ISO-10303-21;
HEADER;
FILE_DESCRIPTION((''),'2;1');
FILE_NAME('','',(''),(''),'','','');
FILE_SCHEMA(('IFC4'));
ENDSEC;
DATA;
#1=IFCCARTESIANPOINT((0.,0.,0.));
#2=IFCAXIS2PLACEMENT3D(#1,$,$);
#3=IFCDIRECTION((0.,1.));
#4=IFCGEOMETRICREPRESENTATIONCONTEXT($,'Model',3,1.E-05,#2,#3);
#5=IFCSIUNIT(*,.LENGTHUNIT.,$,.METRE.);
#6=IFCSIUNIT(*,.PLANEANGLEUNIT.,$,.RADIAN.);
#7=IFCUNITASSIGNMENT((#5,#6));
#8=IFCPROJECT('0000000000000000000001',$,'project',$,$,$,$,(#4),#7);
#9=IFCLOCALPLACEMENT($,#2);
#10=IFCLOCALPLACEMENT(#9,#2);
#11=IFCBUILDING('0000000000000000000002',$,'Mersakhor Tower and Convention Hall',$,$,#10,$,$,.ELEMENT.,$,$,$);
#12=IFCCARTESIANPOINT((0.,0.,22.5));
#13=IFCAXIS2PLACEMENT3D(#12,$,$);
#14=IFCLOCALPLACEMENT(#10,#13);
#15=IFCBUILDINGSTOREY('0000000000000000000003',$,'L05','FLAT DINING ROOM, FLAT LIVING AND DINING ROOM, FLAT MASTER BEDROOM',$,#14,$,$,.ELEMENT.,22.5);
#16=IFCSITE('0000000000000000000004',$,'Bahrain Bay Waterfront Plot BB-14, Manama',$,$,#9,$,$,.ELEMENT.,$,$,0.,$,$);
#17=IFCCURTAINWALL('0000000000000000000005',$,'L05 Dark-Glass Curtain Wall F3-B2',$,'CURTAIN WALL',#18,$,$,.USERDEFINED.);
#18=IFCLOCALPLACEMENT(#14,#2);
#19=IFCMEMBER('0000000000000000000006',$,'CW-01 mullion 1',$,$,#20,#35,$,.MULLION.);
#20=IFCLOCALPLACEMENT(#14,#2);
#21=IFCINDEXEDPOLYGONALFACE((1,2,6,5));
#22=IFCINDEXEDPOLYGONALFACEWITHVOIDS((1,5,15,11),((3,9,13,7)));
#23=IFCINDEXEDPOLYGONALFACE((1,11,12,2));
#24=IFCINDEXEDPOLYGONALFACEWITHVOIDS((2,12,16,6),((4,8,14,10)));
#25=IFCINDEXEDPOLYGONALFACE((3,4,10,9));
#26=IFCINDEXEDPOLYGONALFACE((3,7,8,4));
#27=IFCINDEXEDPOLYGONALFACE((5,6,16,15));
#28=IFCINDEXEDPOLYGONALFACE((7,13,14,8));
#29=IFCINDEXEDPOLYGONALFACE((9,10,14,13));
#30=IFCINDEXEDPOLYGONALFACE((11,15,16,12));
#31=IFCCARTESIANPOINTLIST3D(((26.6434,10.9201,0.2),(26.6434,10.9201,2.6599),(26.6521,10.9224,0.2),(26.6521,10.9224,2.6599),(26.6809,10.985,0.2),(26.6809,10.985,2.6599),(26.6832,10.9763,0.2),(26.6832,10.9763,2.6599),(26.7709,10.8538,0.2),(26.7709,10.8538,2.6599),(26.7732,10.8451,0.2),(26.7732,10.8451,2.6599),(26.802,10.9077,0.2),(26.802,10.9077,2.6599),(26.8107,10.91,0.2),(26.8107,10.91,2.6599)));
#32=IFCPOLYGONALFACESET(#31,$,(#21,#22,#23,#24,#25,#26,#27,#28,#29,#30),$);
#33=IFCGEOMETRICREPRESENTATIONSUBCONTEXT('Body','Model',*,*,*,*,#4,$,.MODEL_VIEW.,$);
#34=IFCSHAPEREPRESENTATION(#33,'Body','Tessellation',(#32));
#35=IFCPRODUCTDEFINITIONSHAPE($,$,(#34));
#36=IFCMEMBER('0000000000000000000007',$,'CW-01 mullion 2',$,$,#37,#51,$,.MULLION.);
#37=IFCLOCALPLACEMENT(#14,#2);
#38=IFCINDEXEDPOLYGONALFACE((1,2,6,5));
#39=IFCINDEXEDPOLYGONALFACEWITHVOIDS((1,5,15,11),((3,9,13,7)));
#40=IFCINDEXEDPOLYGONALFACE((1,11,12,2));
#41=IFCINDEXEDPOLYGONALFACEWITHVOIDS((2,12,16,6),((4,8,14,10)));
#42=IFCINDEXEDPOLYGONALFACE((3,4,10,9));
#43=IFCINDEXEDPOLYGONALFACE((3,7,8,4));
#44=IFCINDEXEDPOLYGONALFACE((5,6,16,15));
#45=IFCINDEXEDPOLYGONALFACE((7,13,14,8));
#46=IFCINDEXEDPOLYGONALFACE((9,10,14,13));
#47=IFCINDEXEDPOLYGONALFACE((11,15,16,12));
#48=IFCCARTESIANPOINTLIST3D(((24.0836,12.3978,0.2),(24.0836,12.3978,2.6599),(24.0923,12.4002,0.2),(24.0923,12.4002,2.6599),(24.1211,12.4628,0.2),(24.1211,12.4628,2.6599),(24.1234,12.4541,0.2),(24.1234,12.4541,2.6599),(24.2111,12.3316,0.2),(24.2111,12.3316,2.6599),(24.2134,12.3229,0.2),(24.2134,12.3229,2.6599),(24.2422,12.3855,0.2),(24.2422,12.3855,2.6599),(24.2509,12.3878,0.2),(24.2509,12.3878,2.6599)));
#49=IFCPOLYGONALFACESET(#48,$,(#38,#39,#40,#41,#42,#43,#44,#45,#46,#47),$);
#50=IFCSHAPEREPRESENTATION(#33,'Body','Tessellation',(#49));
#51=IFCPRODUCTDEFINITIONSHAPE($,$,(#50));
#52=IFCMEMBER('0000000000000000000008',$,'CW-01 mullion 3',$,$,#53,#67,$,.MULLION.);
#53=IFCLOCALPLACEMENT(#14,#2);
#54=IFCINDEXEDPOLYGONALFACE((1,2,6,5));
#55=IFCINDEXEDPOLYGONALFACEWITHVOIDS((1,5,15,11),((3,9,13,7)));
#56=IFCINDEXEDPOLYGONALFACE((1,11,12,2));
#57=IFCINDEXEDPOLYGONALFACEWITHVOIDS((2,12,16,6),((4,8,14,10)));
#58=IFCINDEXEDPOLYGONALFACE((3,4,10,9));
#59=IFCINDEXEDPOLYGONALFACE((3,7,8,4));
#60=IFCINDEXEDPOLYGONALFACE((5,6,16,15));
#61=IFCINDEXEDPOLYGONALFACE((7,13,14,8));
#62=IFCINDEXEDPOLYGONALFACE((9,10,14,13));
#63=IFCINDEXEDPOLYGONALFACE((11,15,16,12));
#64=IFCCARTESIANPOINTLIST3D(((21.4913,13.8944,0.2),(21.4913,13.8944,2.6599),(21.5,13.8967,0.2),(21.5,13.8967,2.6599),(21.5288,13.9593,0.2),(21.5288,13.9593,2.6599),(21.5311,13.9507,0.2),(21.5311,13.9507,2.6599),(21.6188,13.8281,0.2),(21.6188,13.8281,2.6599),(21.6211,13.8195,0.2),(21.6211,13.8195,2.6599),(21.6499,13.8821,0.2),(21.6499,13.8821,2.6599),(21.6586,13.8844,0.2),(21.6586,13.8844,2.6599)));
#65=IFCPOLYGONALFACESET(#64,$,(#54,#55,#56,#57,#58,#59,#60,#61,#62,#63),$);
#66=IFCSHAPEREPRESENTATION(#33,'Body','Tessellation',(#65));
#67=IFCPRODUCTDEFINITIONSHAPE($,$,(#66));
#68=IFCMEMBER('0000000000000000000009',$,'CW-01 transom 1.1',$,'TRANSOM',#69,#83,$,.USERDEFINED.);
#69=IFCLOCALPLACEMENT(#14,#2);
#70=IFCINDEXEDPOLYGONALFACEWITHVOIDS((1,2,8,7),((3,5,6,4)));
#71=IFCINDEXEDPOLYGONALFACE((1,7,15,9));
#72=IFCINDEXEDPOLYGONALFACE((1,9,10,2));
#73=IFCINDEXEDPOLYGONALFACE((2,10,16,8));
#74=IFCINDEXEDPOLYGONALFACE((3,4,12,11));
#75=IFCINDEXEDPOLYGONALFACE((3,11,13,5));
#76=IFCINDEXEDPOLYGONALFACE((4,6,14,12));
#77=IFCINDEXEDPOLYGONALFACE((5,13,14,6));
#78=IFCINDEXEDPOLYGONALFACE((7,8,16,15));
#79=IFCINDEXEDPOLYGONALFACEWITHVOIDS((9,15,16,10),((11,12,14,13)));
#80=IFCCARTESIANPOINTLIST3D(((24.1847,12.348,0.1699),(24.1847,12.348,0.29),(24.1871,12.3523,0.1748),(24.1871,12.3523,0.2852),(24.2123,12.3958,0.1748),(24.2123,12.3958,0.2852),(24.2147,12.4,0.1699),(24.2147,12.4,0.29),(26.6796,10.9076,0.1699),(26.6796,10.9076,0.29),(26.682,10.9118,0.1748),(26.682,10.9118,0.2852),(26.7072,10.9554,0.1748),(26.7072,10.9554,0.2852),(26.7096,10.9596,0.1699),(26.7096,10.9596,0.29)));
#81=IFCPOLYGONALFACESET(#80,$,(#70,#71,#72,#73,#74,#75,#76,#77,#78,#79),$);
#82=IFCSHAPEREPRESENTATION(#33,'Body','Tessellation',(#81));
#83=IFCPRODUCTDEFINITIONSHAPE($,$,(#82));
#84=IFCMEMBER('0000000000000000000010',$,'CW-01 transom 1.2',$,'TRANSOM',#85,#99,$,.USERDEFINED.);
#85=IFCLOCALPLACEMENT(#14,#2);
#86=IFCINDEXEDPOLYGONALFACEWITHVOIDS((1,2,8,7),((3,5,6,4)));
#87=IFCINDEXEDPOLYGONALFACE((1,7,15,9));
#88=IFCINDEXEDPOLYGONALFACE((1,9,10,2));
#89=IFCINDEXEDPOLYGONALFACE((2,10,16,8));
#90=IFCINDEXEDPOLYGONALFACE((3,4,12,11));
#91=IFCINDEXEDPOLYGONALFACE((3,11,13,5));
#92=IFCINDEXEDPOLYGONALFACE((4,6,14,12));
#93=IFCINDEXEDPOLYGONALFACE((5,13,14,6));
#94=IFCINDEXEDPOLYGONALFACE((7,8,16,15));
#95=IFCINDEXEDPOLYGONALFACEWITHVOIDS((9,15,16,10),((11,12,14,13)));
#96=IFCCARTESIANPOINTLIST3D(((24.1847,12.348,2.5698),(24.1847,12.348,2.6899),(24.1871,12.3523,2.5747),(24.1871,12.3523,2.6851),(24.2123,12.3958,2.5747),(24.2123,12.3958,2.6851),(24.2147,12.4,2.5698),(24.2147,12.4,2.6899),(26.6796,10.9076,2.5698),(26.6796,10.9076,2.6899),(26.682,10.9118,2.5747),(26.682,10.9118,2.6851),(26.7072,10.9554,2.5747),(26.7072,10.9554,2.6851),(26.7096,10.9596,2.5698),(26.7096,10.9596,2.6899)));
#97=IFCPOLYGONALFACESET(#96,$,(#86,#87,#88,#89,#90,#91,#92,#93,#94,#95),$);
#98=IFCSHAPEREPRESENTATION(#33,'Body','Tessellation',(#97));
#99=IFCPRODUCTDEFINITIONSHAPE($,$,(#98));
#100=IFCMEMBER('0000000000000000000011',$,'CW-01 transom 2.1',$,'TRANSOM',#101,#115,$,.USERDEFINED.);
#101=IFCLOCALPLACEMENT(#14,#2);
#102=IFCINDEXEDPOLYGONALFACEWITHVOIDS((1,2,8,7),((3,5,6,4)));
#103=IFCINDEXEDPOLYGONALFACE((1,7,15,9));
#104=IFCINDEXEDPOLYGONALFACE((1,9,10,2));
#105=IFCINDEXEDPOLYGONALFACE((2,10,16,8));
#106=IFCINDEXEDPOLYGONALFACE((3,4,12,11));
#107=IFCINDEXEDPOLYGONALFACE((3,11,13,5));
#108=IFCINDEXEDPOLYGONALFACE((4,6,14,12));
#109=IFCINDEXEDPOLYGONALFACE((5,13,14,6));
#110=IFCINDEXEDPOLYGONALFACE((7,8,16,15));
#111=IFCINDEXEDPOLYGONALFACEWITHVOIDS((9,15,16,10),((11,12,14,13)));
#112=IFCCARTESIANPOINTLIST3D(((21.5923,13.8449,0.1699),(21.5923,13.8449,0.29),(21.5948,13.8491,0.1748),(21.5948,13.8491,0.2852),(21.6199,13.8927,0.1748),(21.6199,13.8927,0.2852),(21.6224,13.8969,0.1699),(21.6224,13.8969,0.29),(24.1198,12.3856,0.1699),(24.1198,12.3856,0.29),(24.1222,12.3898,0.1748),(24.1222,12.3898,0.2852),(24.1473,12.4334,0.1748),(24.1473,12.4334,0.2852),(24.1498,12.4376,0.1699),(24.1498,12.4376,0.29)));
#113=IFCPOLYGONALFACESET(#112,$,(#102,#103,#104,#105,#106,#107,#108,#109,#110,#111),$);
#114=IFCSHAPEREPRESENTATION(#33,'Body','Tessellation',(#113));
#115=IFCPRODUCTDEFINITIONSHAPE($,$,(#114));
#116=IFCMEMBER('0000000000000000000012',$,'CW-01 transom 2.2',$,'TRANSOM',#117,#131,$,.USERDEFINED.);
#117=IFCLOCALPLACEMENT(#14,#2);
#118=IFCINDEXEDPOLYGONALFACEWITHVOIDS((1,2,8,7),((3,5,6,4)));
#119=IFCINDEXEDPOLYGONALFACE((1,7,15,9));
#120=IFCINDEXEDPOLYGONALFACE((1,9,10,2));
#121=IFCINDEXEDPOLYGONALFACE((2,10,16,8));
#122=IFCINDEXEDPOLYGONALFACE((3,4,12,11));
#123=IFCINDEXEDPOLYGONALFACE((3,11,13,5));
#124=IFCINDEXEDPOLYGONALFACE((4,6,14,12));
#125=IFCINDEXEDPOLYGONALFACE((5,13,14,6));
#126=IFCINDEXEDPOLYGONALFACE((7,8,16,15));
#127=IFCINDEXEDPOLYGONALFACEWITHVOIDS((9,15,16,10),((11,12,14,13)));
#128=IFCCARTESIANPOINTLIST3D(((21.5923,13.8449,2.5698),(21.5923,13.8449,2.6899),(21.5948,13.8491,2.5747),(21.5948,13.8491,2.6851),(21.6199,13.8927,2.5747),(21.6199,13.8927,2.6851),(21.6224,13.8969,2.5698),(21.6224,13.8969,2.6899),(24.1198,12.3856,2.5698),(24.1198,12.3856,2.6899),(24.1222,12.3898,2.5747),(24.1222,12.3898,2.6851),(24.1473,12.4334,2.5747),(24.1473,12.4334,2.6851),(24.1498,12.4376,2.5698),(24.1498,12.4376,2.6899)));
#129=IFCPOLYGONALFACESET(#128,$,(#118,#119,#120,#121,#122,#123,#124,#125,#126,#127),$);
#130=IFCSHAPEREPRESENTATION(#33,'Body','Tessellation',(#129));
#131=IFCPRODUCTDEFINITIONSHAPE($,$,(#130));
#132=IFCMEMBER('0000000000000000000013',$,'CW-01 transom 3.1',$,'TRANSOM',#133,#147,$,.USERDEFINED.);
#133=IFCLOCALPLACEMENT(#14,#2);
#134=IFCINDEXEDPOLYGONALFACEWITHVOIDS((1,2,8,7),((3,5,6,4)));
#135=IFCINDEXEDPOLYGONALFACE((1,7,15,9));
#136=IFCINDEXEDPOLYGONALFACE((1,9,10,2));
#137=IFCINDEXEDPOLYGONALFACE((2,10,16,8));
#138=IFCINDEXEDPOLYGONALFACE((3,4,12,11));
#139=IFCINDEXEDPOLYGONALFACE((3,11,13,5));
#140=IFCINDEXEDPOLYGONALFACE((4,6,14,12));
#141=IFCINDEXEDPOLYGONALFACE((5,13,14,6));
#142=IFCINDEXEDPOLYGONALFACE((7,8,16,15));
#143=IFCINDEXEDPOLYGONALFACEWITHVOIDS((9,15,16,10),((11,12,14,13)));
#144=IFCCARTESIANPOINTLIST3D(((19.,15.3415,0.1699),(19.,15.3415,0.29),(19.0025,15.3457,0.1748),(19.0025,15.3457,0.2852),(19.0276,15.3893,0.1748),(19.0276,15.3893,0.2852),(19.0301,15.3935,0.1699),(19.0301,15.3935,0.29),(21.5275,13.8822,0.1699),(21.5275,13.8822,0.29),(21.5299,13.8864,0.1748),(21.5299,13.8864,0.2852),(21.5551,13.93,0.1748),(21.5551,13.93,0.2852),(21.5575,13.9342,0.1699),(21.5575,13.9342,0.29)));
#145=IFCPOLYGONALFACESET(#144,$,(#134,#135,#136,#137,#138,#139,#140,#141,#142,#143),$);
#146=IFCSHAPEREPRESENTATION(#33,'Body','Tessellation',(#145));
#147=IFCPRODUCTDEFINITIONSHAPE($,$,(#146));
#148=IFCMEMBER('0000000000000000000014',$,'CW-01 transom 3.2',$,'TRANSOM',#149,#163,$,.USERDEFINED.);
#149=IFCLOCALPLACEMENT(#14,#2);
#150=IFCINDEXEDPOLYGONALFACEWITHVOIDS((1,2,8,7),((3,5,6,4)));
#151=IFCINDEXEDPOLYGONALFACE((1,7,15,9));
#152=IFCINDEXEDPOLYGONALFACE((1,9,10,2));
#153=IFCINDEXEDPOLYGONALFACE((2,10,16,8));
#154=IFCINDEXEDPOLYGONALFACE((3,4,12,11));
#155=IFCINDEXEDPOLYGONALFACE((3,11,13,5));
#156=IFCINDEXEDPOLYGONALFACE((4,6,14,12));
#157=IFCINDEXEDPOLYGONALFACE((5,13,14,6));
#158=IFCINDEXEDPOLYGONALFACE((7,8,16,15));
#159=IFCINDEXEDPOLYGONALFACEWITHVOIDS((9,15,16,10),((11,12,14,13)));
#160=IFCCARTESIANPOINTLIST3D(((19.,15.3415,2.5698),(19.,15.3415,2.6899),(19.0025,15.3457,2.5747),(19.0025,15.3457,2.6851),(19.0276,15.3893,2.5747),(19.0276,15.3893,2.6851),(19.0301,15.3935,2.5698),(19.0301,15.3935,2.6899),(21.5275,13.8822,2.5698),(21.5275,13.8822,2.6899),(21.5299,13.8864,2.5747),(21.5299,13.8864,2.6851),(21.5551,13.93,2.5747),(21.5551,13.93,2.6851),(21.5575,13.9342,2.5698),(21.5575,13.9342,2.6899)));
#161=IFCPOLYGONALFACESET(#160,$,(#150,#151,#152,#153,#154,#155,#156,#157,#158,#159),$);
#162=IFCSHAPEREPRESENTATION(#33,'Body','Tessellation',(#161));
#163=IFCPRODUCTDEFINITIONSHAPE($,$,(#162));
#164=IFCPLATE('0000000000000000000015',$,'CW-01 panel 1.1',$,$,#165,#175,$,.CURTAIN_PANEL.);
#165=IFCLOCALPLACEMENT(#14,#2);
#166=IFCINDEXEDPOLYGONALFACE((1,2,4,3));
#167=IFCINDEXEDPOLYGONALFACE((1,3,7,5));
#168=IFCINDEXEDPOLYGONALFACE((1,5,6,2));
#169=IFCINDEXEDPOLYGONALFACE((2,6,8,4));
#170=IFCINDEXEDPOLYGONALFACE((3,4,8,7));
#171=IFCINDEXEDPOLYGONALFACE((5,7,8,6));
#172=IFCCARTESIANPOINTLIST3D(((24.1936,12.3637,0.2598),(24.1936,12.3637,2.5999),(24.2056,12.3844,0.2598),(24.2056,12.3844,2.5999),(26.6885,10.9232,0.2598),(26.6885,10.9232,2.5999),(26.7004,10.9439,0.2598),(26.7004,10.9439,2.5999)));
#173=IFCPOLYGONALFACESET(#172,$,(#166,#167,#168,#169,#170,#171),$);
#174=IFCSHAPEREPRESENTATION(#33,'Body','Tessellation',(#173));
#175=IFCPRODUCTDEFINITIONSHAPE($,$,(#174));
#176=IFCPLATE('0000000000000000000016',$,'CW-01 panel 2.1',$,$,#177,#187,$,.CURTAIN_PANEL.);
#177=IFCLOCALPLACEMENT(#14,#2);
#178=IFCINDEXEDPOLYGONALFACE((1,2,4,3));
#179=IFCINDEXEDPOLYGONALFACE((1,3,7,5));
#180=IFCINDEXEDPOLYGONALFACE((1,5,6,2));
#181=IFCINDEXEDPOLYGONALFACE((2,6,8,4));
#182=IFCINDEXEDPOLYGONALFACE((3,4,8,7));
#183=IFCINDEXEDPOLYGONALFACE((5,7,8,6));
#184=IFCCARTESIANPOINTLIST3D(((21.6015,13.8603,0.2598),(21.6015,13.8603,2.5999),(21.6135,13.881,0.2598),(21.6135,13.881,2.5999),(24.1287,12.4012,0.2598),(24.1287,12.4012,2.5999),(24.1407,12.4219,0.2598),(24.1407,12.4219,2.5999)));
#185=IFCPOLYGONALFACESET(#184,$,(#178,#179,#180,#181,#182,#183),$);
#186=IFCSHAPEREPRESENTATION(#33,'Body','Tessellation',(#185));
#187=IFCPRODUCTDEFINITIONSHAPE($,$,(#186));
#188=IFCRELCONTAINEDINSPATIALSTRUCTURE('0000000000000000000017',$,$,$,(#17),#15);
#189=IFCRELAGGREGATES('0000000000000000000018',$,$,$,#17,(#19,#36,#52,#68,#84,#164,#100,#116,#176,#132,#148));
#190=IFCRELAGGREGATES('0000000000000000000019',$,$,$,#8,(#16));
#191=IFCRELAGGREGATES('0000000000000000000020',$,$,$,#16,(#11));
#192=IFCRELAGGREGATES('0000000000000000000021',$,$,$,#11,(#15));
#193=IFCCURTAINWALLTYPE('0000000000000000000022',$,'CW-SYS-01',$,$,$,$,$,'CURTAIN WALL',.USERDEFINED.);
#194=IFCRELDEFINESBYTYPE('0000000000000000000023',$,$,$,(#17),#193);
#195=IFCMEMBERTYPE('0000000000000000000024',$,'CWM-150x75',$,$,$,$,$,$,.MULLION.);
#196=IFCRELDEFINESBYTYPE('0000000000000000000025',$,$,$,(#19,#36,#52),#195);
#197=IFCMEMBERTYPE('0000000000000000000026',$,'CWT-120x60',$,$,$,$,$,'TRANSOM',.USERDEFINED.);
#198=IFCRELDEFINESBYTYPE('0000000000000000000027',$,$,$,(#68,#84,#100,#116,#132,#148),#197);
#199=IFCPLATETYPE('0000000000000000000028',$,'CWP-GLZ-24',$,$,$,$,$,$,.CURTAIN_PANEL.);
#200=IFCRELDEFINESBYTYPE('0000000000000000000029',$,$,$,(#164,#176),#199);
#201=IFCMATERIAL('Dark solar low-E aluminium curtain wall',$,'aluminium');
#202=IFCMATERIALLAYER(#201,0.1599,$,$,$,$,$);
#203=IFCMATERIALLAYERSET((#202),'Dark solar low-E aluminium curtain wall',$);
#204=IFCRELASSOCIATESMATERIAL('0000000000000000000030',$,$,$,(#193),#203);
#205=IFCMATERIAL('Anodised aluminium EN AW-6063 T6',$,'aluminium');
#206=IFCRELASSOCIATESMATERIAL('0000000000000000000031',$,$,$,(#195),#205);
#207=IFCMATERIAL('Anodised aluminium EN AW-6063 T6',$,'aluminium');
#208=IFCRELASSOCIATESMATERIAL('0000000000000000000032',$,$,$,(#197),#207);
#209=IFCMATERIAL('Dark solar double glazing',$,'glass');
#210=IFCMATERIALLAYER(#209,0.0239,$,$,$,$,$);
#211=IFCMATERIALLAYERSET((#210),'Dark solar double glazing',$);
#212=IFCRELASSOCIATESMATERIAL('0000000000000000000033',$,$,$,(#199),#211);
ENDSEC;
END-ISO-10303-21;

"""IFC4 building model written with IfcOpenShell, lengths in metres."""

from ifc_helpers import new_model, si_unit, direction, frame, origin, origin_2d, place, context, subcontext, project, spatial, rectangle, hollow_rectangle, extrude, material, layer, layer_set, material_profile, profile_set, type_object, element, aggregate, save


model = new_model("IFC4")

# Units and contexts
model_context = context("Model", 3, precision=1e-05, world=origin(), true_north=direction((0.0, 1.0)))
body_context = subcontext(model_context, "Body", "Model", "MODEL_VIEW")
ifc_project = project(units=[si_unit("LENGTHUNIT", "METRE"), si_unit("PLANEANGLEUNIT", "RADIAN")], contexts=[model_context])

# Site, building, storey
site_placement = place(None, origin())
site = spatial("IfcSite", under=ifc_project, at=site_placement, Name="Bahrain Bay Waterfront Plot BB-14, Manama", CompositionType="ELEMENT", RefElevation=0.0)
building_placement = place(site_placement, origin())
building = spatial("IfcBuilding", under=site, at=building_placement, Name="Mersakhor Tower and Convention Hall", CompositionType="ELEMENT")
storey_placement = place(building_placement, frame((0.0, 0.0, 22.5)))
storey = spatial("IfcBuildingStorey", under=building, at=storey_placement, Name="L05", Description="FLAT DINING ROOM, FLAT LIVING AND DINING ROOM, FLAT MASTER BEDROOM", CompositionType="ELEMENT", Elevation=22.5)

# Curtain wall, members, plates
ifc_material_1 = material(Name="Dark solar low-E aluminium curtain wall", Category="aluminium")
ifc_layer_1 = layer(ifc_material_1, 0.1599)
ifc_layer_set_1 = layer_set([ifc_layer_1], Name="Dark solar low-E aluminium curtain wall")
curtain_wall_type = type_object("IfcCurtainWallType", Name="CW-SYS-01", ElementType="CURTAIN WALL", PredefinedType="USERDEFINED", material=ifc_layer_set_1)
curtain_wall_placement = place(storey_placement, origin())
curtain_wall = element("IfcCurtainWall", 1, at=curtain_wall_placement, inside=storey, type_object=curtain_wall_type, Name="L05 Dark-Glass Curtain Wall F3-B2", ObjectType="CURTAIN WALL", PredefinedType="USERDEFINED")
ifc_material_2 = material(Name="Anodised aluminium EN AW-6063 T6", Category="aluminium")
ifc_material_profile_1 = material_profile(ifc_material_2, hollow_rectangle(XDim=0.075, YDim=0.1499, WallThickness=0.0063, at=origin_2d()), Name="RHS 150x75x6.3")
ifc_profile_set_1 = profile_set([ifc_material_profile_1], Name="Anodised aluminium EN AW-6063 T6")
member_type_1 = type_object("IfcMemberType", Name="CWM-150x75", PredefinedType="MULLION", material=ifc_profile_set_1)
member_1_placement = place(storey_placement, frame((26.7271, 10.915, 0.2), z_axis=(0.0, 0.0, 1.0), x_axis=(-0.500003, -0.866023, 0.0)))
member_1 = element("IfcMember", 2, at=member_1_placement, type_object=member_type_1, Name="CW-01 mullion 1", PredefinedType="MULLION", context=body_context, shape_type="SweptSolid", body=[
    extrude(hollow_rectangle(XDim=0.075, YDim=0.1499, WallThickness=0.0063, at=origin_2d()), origin(), (0.0, 0.0, 1.0), 2.46),
])
member_2_placement = place(storey_placement, frame((24.1672, 12.3928, 0.2), z_axis=(0.0, 0.0, 1.0), x_axis=(-0.500003, -0.866023, 0.0)))
member_2 = element("IfcMember", 3, at=member_2_placement, type_object=member_type_1, Name="CW-01 mullion 2", PredefinedType="MULLION", context=body_context, shape_type="SweptSolid", body=[
    extrude(hollow_rectangle(XDim=0.075, YDim=0.1499, WallThickness=0.0063, at=origin_2d()), origin(), (0.0, 0.0, 1.0), 2.46),
])
member_3_placement = place(storey_placement, frame((21.575, 13.8894, 0.2), z_axis=(0.0, 0.0, 1.0), x_axis=(-0.500003, -0.866023, 0.0)))
member_3 = element("IfcMember", 4, at=member_3_placement, type_object=member_type_1, Name="CW-01 mullion 3", PredefinedType="MULLION", context=body_context, shape_type="SweptSolid", body=[
    extrude(hollow_rectangle(XDim=0.075, YDim=0.1499, WallThickness=0.0063, at=origin_2d()), origin(), (0.0, 0.0, 1.0), 2.46),
])
ifc_material_3 = material(Name="Anodised aluminium EN AW-6063 T6", Category="aluminium")
ifc_material_profile_2 = material_profile(ifc_material_3, hollow_rectangle(XDim=0.0601, YDim=0.1201, WallThickness=0.0049, at=origin_2d()), Name="RHS 120x60x5")
ifc_profile_set_2 = profile_set([ifc_material_profile_2], Name="Anodised aluminium EN AW-6063 T6")
member_type_2 = type_object("IfcMemberType", Name="CWT-120x60", ElementType="TRANSOM", PredefinedType="USERDEFINED", material=ifc_profile_set_2)
member_4_placement = place(storey_placement, frame((26.6946, 10.9336, 0.23), z_axis=(-0.866023, 0.500004, 0.0), x_axis=(-0.500004, -0.866023, 0.0)))
member_4 = element("IfcMember", 5, at=member_4_placement, type_object=member_type_2, Name="CW-01 transom 1.1", ObjectType="TRANSOM", PredefinedType="USERDEFINED", context=body_context, shape_type="SweptSolid", body=[
    extrude(hollow_rectangle(XDim=0.0601, YDim=0.1201, WallThickness=0.0049, at=origin_2d()), origin(), (0.0, 0.0, 1.0), 2.8809),
])
member_5_placement = place(storey_placement, frame((26.6946, 10.9336, 2.6299), z_axis=(-0.866023, 0.500004, 0.0), x_axis=(-0.500004, -0.866023, 0.0)))
member_5 = element("IfcMember", 6, at=member_5_placement, type_object=member_type_2, Name="CW-01 transom 1.2", ObjectType="TRANSOM", PredefinedType="USERDEFINED", context=body_context, shape_type="SweptSolid", body=[
    extrude(hollow_rectangle(XDim=0.0601, YDim=0.1201, WallThickness=0.0049, at=origin_2d()), origin(), (0.0, 0.0, 1.0), 2.8809),
])
member_6_placement = place(storey_placement, frame((24.1348, 12.4116, 0.23), z_axis=(-0.866016, 0.500017, 0.0), x_axis=(-0.500017, -0.866016, 0.0)))
member_6 = element("IfcMember", 7, at=member_6_placement, type_object=member_type_2, Name="CW-01 transom 2.1", ObjectType="TRANSOM", PredefinedType="USERDEFINED", context=body_context, shape_type="SweptSolid", body=[
    extrude(hollow_rectangle(XDim=0.0601, YDim=0.1201, WallThickness=0.0049, at=origin_2d()), origin(), (0.0, 0.0, 1.0), 2.9185),
])
member_7_placement = place(storey_placement, frame((24.1348, 12.4116, 2.6299), z_axis=(-0.866016, 0.500017, 0.0), x_axis=(-0.500017, -0.866016, 0.0)))
member_7 = element("IfcMember", 8, at=member_7_placement, type_object=member_type_2, Name="CW-01 transom 2.2", ObjectType="TRANSOM", PredefinedType="USERDEFINED", context=body_context, shape_type="SweptSolid", body=[
    extrude(hollow_rectangle(XDim=0.0601, YDim=0.1201, WallThickness=0.0049, at=origin_2d()), origin(), (0.0, 0.0, 1.0), 2.9185),
])
member_8_placement = place(storey_placement, frame((21.5425, 13.9082, 0.23), z_axis=(-0.866016, 0.500017, 0.0), x_axis=(-0.500017, -0.866016, 0.0)))
member_8 = element("IfcMember", 9, at=member_8_placement, type_object=member_type_2, Name="CW-01 transom 3.1", ObjectType="TRANSOM", PredefinedType="USERDEFINED", context=body_context, shape_type="SweptSolid", body=[
    extrude(hollow_rectangle(XDim=0.0601, YDim=0.1201, WallThickness=0.0049, at=origin_2d()), origin(), (0.0, 0.0, 1.0), 2.9185),
])
member_9_placement = place(storey_placement, frame((21.5425, 13.9082, 2.6299), z_axis=(-0.866016, 0.500017, 0.0), x_axis=(-0.500017, -0.866016, 0.0)))
member_9 = element("IfcMember", 10, at=member_9_placement, type_object=member_type_2, Name="CW-01 transom 3.2", ObjectType="TRANSOM", PredefinedType="USERDEFINED", context=body_context, shape_type="SweptSolid", body=[
    extrude(hollow_rectangle(XDim=0.0601, YDim=0.1201, WallThickness=0.0049, at=origin_2d()), origin(), (0.0, 0.0, 1.0), 2.9185),
])
ifc_material_4 = material(Name="Dark solar double glazing", Category="glass")
ifc_layer_2 = layer(ifc_material_4, 0.0239)
ifc_layer_set_2 = layer_set([ifc_layer_2], Name="Dark solar double glazing")
plate_type_1 = type_object("IfcPlateType", Name="CWP-GLZ-24", PredefinedType="CURTAIN_PANEL", material=ifc_layer_set_2)
plate_1_placement = place(storey_placement, frame((25.447, 11.6538, 0.2598), z_axis=(0.0, 0.0, 1.0), x_axis=(-0.866023, 0.500003, 0.0)))
plate_1 = element("IfcPlate", 11, at=plate_1_placement, type_object=plate_type_1, Name="CW-01 panel 1.1", PredefinedType="CURTAIN_PANEL", context=body_context, shape_type="SweptSolid", body=[
    extrude(rectangle(XDim=2.8809, YDim=0.0239, at=origin_2d()), origin(), (0.0, 0.0, 1.0), 2.3401),
])
plate_2_placement = place(storey_placement, frame((22.8711, 13.1411, 0.2598), z_axis=(0.0, 0.0, 1.0), x_axis=(-0.866023, 0.500003, 0.0)))
plate_2 = element("IfcPlate", 12, at=plate_2_placement, type_object=plate_type_1, Name="CW-01 panel 2.1", PredefinedType="CURTAIN_PANEL", context=body_context, shape_type="SweptSolid", body=[
    extrude(rectangle(XDim=2.9182, YDim=0.0239, at=origin_2d()), origin(), (0.0, 0.0, 1.0), 2.3401),
])
aggregate(curtain_wall, [member_1, member_2, member_3, member_4, member_5, plate_1, member_6, member_7, plate_2, member_8, member_9])

save(model, "model.ifc")
